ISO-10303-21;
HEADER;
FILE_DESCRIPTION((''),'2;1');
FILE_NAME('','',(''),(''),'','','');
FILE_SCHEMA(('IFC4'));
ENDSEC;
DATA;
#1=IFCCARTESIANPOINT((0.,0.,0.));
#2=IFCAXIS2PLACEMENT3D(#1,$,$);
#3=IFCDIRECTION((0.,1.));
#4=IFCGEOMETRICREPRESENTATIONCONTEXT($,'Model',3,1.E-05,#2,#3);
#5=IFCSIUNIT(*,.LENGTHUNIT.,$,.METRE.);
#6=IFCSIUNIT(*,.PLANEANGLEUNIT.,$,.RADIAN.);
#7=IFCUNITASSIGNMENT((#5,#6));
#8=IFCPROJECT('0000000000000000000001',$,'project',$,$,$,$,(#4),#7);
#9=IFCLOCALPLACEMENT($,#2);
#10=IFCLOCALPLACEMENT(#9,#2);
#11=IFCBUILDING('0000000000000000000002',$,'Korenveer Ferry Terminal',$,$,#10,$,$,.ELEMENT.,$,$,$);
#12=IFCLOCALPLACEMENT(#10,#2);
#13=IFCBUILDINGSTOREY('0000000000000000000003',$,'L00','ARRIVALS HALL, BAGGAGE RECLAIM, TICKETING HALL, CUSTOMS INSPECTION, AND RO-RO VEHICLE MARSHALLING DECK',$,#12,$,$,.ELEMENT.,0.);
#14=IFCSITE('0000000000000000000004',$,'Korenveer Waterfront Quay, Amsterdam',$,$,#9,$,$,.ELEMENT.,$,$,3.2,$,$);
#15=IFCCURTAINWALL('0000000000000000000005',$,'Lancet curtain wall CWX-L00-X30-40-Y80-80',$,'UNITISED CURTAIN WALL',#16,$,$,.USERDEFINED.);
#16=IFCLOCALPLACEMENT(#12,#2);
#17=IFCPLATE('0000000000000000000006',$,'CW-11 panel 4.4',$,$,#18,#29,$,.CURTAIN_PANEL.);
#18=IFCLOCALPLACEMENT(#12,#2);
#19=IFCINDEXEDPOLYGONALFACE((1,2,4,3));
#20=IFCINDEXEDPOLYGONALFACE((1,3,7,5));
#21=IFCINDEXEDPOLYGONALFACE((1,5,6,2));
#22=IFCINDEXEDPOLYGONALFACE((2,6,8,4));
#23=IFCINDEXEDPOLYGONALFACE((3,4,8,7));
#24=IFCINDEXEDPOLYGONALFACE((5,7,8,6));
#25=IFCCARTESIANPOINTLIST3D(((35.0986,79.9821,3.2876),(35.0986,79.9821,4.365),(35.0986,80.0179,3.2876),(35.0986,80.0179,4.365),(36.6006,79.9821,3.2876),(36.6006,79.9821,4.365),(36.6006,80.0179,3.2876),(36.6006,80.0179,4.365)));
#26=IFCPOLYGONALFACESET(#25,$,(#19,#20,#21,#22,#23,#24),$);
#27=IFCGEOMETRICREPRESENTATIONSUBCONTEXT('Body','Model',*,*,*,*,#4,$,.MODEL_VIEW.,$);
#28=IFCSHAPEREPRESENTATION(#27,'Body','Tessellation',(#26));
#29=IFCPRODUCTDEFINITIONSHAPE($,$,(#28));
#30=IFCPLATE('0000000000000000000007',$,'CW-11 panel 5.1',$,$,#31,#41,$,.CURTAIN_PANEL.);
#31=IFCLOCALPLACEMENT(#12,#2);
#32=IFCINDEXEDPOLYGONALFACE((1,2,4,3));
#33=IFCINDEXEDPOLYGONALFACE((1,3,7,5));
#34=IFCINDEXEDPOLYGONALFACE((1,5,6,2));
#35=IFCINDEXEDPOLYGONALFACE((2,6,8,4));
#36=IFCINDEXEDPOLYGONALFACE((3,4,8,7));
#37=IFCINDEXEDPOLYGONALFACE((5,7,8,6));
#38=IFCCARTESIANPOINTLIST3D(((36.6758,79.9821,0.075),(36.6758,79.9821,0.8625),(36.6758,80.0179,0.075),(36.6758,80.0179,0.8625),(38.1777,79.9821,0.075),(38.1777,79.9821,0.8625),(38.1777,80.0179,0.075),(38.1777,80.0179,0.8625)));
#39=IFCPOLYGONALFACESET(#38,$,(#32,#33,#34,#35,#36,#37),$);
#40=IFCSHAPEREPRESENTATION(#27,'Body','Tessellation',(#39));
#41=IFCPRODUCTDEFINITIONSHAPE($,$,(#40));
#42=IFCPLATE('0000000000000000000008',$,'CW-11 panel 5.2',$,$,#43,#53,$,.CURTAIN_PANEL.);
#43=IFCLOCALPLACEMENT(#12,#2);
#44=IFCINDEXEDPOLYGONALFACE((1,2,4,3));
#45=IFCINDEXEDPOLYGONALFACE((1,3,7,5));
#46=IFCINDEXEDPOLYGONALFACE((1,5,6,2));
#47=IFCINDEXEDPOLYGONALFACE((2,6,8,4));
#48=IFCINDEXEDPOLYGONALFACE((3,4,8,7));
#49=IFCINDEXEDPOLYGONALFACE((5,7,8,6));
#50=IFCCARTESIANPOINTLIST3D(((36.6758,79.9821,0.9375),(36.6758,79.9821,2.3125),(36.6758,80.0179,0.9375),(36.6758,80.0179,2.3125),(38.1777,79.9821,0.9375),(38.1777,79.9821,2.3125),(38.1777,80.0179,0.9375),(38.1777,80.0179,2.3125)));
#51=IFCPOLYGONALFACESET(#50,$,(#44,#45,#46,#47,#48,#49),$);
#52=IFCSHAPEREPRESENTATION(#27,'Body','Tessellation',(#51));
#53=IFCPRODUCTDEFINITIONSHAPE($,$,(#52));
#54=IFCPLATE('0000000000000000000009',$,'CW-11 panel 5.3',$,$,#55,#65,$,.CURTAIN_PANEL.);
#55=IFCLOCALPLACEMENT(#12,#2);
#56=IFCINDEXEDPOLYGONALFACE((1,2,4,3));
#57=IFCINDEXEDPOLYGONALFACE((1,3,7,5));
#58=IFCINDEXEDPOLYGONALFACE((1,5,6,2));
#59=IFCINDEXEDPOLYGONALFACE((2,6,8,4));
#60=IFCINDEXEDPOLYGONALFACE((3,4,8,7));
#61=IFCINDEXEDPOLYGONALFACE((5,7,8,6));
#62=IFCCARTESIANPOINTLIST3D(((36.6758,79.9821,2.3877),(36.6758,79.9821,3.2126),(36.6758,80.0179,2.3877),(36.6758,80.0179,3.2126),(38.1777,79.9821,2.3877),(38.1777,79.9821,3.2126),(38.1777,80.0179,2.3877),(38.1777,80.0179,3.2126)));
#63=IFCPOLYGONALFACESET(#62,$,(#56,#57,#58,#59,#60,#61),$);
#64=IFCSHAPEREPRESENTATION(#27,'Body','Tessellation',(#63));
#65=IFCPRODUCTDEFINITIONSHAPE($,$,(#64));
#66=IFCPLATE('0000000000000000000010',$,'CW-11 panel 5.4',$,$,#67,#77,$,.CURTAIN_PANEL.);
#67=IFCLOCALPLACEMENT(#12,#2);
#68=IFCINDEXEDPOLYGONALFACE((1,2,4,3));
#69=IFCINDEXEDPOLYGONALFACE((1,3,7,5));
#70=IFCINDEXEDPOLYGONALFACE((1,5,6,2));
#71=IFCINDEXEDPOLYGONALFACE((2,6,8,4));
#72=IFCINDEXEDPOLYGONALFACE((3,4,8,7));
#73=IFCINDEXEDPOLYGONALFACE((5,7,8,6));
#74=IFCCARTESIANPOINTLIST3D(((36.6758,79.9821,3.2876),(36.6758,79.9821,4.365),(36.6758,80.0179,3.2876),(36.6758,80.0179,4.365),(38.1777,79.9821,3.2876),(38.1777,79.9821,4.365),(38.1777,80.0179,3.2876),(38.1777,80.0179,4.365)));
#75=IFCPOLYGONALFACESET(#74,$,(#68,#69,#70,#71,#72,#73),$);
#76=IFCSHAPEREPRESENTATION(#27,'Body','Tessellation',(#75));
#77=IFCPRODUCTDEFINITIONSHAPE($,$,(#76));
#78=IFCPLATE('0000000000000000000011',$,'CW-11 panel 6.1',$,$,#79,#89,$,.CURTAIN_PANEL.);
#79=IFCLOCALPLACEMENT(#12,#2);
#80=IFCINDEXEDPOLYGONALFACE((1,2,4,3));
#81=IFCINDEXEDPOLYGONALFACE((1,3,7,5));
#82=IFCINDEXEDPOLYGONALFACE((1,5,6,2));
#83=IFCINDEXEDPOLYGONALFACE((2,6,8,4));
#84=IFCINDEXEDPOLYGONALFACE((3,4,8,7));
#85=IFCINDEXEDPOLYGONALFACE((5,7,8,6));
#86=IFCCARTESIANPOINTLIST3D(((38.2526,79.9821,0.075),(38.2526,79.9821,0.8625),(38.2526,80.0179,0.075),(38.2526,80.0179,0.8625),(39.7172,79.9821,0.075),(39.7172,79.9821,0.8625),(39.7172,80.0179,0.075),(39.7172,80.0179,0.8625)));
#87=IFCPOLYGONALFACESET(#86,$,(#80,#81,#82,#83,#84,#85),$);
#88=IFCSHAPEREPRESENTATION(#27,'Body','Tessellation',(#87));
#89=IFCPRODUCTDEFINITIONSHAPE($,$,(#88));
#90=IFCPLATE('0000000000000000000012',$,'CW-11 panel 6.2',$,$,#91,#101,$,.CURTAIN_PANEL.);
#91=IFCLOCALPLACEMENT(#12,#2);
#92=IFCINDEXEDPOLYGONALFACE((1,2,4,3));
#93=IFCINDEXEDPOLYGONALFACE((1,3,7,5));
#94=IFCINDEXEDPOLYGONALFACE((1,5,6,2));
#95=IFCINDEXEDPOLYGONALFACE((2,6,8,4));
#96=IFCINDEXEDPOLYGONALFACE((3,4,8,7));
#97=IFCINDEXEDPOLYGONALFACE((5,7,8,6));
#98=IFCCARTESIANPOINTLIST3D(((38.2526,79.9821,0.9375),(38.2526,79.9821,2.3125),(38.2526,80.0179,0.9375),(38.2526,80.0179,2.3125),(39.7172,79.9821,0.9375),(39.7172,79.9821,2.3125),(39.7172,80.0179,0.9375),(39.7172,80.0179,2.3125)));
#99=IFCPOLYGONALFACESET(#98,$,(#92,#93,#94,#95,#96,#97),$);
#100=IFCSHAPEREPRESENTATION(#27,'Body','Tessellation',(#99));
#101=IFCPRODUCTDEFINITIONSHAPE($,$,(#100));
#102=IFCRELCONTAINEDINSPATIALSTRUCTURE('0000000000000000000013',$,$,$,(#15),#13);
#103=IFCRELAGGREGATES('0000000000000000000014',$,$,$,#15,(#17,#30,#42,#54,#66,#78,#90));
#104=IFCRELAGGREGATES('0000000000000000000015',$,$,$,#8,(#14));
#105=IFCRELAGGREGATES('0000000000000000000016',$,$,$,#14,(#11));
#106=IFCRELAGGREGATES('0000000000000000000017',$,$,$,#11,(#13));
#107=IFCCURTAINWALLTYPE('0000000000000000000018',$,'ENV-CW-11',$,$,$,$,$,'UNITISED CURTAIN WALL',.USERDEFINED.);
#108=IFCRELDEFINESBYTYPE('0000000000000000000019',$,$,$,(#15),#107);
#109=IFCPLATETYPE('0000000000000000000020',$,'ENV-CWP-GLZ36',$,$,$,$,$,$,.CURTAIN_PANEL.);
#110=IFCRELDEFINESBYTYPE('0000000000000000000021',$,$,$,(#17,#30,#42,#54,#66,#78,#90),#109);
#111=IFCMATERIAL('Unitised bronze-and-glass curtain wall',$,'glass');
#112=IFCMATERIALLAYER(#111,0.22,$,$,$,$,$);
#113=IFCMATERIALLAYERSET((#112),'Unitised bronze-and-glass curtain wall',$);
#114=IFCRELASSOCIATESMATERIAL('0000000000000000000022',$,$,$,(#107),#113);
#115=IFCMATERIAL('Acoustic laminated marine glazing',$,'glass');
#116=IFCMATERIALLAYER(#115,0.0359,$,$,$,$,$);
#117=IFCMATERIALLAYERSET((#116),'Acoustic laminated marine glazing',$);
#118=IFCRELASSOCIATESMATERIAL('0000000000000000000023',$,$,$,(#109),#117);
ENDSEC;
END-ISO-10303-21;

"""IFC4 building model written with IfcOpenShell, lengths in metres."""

from ifc_helpers import new_model, si_unit, direction, frame, origin, origin_2d, place, context, subcontext, project, spatial, rectangle, extrude, material, layer, layer_set, type_object, element, aggregate, save


model = new_model("IFC4")

# Units and contexts
model_context = context("Model", 3, precision=1e-05, world=origin(), true_north=direction((0.0, 1.0)))
body_context = subcontext(model_context, "Body", "Model", "MODEL_VIEW")
ifc_project = project(units=[si_unit("LENGTHUNIT", "METRE"), si_unit("PLANEANGLEUNIT", "RADIAN")], contexts=[model_context])

# Site, building, storey
site_placement = place(None, origin())
site = spatial("IfcSite", under=ifc_project, at=site_placement, Name="Korenveer Waterfront Quay, Amsterdam", CompositionType="ELEMENT", RefElevation=3.2)
building_placement = place(site_placement, origin())
building = spatial("IfcBuilding", under=site, at=building_placement, Name="Korenveer Ferry Terminal", CompositionType="ELEMENT")
storey_placement = place(building_placement, origin())
storey = spatial("IfcBuildingStorey", under=building, at=storey_placement, Name="L00", Description="ARRIVALS HALL, BAGGAGE RECLAIM, TICKETING HALL, CUSTOMS INSPECTION, AND RO-RO VEHICLE MARSHALLING DECK", CompositionType="ELEMENT", Elevation=0.0)

# Curtain wall, plates
ifc_material_1 = material(Name="Unitised bronze-and-glass curtain wall", Category="glass")
ifc_layer_1 = layer(ifc_material_1, 0.22)
ifc_layer_set_1 = layer_set([ifc_layer_1], Name="Unitised bronze-and-glass curtain wall")
curtain_wall_type = type_object("IfcCurtainWallType", Name="ENV-CW-11", ElementType="UNITISED CURTAIN WALL", PredefinedType="USERDEFINED", material=ifc_layer_set_1)
curtain_wall_placement = place(storey_placement, frame((30.3301, 80.0, 0.0)))
curtain_wall = element("IfcCurtainWall", 1, at=curtain_wall_placement, inside=storey, type_object=curtain_wall_type, Name="Lancet curtain wall CWX-L00-X30-40-Y80-80", ObjectType="UNITISED CURTAIN WALL", PredefinedType="USERDEFINED")
ifc_material_2 = material(Name="Acoustic laminated marine glazing", Category="glass")
ifc_layer_2 = layer(ifc_material_2, 0.0359)
ifc_layer_set_2 = layer_set([ifc_layer_2], Name="Acoustic laminated marine glazing")
plate_type = type_object("IfcPlateType", Name="ENV-CWP-GLZ36", PredefinedType="CURTAIN_PANEL", material=ifc_layer_set_2)
plate_1_placement = place(storey_placement, frame((35.8496, 80.0, 3.2876), z_axis=(0.0, 0.0, 1.0), x_axis=(1.0, 0.0, 0.0)))
plate_1 = element("IfcPlate", 2, at=plate_1_placement, type_object=plate_type, Name="CW-11 panel 4.4", PredefinedType="CURTAIN_PANEL", context=body_context, shape_type="SweptSolid", body=[
    extrude(rectangle(XDim=1.502, YDim=0.0359, at=origin_2d()), origin(), (0.0, 0.0, 1.0), 1.0774),
])
plate_2_placement = place(storey_placement, frame((37.4268, 80.0, 0.075), z_axis=(0.0, 0.0, 1.0), x_axis=(1.0, 0.0, 0.0)))
plate_2 = element("IfcPlate", 3, at=plate_2_placement, type_object=plate_type, Name="CW-11 panel 5.1", PredefinedType="CURTAIN_PANEL", context=body_context, shape_type="SweptSolid", body=[
    extrude(rectangle(XDim=1.502, YDim=0.0359, at=origin_2d()), origin(), (0.0, 0.0, 1.0), 0.7876),
])
plate_3_placement = place(storey_placement, frame((37.4268, 80.0, 0.9375), z_axis=(0.0, 0.0, 1.0), x_axis=(1.0, 0.0, 0.0)))
plate_3 = element("IfcPlate", 4, at=plate_3_placement, type_object=plate_type, Name="CW-11 panel 5.2", PredefinedType="CURTAIN_PANEL", context=body_context, shape_type="SweptSolid", body=[
    extrude(rectangle(XDim=1.502, YDim=0.0359, at=origin_2d()), origin(), (0.0, 0.0, 1.0), 1.375),
])
plate_4_placement = place(storey_placement, frame((37.4268, 80.0, 2.3877), z_axis=(0.0, 0.0, 1.0), x_axis=(1.0, 0.0, 0.0)))
plate_4 = element("IfcPlate", 5, at=plate_4_placement, type_object=plate_type, Name="CW-11 panel 5.3", PredefinedType="CURTAIN_PANEL", context=body_context, shape_type="SweptSolid", body=[
    extrude(rectangle(XDim=1.502, YDim=0.0359, at=origin_2d()), origin(), (0.0, 0.0, 1.0), 0.825),
])
plate_5_placement = place(storey_placement, frame((37.4268, 80.0, 3.2876), z_axis=(0.0, 0.0, 1.0), x_axis=(1.0, 0.0, 0.0)))
plate_5 = element("IfcPlate", 6, at=plate_5_placement, type_object=plate_type, Name="CW-11 panel 5.4", PredefinedType="CURTAIN_PANEL", context=body_context, shape_type="SweptSolid", body=[
    extrude(rectangle(XDim=1.502, YDim=0.0359, at=origin_2d()), origin(), (0.0, 0.0, 1.0), 1.0774),
])
plate_6_placement = place(storey_placement, frame((38.9849, 80.0, 0.075), z_axis=(0.0, 0.0, 1.0), x_axis=(1.0, 0.0, 0.0)))
plate_6 = element("IfcPlate", 7, at=plate_6_placement, type_object=plate_type, Name="CW-11 panel 6.1", PredefinedType="CURTAIN_PANEL", context=body_context, shape_type="SweptSolid", body=[
    extrude(rectangle(XDim=1.4646, YDim=0.0359, at=origin_2d()), origin(), (0.0, 0.0, 1.0), 0.7876),
])
plate_7_placement = place(storey_placement, frame((38.9849, 80.0, 0.9375), z_axis=(0.0, 0.0, 1.0), x_axis=(1.0, 0.0, 0.0)))
plate_7 = element("IfcPlate", 8, at=plate_7_placement, type_object=plate_type, Name="CW-11 panel 6.2", PredefinedType="CURTAIN_PANEL", context=body_context, shape_type="SweptSolid", body=[
    extrude(rectangle(XDim=1.4646, YDim=0.0359, at=origin_2d()), origin(), (0.0, 0.0, 1.0), 1.375),
])
aggregate(curtain_wall, [plate_1, plate_2, plate_3, plate_4, plate_5, plate_6, plate_7])

save(model, "model.ifc")
